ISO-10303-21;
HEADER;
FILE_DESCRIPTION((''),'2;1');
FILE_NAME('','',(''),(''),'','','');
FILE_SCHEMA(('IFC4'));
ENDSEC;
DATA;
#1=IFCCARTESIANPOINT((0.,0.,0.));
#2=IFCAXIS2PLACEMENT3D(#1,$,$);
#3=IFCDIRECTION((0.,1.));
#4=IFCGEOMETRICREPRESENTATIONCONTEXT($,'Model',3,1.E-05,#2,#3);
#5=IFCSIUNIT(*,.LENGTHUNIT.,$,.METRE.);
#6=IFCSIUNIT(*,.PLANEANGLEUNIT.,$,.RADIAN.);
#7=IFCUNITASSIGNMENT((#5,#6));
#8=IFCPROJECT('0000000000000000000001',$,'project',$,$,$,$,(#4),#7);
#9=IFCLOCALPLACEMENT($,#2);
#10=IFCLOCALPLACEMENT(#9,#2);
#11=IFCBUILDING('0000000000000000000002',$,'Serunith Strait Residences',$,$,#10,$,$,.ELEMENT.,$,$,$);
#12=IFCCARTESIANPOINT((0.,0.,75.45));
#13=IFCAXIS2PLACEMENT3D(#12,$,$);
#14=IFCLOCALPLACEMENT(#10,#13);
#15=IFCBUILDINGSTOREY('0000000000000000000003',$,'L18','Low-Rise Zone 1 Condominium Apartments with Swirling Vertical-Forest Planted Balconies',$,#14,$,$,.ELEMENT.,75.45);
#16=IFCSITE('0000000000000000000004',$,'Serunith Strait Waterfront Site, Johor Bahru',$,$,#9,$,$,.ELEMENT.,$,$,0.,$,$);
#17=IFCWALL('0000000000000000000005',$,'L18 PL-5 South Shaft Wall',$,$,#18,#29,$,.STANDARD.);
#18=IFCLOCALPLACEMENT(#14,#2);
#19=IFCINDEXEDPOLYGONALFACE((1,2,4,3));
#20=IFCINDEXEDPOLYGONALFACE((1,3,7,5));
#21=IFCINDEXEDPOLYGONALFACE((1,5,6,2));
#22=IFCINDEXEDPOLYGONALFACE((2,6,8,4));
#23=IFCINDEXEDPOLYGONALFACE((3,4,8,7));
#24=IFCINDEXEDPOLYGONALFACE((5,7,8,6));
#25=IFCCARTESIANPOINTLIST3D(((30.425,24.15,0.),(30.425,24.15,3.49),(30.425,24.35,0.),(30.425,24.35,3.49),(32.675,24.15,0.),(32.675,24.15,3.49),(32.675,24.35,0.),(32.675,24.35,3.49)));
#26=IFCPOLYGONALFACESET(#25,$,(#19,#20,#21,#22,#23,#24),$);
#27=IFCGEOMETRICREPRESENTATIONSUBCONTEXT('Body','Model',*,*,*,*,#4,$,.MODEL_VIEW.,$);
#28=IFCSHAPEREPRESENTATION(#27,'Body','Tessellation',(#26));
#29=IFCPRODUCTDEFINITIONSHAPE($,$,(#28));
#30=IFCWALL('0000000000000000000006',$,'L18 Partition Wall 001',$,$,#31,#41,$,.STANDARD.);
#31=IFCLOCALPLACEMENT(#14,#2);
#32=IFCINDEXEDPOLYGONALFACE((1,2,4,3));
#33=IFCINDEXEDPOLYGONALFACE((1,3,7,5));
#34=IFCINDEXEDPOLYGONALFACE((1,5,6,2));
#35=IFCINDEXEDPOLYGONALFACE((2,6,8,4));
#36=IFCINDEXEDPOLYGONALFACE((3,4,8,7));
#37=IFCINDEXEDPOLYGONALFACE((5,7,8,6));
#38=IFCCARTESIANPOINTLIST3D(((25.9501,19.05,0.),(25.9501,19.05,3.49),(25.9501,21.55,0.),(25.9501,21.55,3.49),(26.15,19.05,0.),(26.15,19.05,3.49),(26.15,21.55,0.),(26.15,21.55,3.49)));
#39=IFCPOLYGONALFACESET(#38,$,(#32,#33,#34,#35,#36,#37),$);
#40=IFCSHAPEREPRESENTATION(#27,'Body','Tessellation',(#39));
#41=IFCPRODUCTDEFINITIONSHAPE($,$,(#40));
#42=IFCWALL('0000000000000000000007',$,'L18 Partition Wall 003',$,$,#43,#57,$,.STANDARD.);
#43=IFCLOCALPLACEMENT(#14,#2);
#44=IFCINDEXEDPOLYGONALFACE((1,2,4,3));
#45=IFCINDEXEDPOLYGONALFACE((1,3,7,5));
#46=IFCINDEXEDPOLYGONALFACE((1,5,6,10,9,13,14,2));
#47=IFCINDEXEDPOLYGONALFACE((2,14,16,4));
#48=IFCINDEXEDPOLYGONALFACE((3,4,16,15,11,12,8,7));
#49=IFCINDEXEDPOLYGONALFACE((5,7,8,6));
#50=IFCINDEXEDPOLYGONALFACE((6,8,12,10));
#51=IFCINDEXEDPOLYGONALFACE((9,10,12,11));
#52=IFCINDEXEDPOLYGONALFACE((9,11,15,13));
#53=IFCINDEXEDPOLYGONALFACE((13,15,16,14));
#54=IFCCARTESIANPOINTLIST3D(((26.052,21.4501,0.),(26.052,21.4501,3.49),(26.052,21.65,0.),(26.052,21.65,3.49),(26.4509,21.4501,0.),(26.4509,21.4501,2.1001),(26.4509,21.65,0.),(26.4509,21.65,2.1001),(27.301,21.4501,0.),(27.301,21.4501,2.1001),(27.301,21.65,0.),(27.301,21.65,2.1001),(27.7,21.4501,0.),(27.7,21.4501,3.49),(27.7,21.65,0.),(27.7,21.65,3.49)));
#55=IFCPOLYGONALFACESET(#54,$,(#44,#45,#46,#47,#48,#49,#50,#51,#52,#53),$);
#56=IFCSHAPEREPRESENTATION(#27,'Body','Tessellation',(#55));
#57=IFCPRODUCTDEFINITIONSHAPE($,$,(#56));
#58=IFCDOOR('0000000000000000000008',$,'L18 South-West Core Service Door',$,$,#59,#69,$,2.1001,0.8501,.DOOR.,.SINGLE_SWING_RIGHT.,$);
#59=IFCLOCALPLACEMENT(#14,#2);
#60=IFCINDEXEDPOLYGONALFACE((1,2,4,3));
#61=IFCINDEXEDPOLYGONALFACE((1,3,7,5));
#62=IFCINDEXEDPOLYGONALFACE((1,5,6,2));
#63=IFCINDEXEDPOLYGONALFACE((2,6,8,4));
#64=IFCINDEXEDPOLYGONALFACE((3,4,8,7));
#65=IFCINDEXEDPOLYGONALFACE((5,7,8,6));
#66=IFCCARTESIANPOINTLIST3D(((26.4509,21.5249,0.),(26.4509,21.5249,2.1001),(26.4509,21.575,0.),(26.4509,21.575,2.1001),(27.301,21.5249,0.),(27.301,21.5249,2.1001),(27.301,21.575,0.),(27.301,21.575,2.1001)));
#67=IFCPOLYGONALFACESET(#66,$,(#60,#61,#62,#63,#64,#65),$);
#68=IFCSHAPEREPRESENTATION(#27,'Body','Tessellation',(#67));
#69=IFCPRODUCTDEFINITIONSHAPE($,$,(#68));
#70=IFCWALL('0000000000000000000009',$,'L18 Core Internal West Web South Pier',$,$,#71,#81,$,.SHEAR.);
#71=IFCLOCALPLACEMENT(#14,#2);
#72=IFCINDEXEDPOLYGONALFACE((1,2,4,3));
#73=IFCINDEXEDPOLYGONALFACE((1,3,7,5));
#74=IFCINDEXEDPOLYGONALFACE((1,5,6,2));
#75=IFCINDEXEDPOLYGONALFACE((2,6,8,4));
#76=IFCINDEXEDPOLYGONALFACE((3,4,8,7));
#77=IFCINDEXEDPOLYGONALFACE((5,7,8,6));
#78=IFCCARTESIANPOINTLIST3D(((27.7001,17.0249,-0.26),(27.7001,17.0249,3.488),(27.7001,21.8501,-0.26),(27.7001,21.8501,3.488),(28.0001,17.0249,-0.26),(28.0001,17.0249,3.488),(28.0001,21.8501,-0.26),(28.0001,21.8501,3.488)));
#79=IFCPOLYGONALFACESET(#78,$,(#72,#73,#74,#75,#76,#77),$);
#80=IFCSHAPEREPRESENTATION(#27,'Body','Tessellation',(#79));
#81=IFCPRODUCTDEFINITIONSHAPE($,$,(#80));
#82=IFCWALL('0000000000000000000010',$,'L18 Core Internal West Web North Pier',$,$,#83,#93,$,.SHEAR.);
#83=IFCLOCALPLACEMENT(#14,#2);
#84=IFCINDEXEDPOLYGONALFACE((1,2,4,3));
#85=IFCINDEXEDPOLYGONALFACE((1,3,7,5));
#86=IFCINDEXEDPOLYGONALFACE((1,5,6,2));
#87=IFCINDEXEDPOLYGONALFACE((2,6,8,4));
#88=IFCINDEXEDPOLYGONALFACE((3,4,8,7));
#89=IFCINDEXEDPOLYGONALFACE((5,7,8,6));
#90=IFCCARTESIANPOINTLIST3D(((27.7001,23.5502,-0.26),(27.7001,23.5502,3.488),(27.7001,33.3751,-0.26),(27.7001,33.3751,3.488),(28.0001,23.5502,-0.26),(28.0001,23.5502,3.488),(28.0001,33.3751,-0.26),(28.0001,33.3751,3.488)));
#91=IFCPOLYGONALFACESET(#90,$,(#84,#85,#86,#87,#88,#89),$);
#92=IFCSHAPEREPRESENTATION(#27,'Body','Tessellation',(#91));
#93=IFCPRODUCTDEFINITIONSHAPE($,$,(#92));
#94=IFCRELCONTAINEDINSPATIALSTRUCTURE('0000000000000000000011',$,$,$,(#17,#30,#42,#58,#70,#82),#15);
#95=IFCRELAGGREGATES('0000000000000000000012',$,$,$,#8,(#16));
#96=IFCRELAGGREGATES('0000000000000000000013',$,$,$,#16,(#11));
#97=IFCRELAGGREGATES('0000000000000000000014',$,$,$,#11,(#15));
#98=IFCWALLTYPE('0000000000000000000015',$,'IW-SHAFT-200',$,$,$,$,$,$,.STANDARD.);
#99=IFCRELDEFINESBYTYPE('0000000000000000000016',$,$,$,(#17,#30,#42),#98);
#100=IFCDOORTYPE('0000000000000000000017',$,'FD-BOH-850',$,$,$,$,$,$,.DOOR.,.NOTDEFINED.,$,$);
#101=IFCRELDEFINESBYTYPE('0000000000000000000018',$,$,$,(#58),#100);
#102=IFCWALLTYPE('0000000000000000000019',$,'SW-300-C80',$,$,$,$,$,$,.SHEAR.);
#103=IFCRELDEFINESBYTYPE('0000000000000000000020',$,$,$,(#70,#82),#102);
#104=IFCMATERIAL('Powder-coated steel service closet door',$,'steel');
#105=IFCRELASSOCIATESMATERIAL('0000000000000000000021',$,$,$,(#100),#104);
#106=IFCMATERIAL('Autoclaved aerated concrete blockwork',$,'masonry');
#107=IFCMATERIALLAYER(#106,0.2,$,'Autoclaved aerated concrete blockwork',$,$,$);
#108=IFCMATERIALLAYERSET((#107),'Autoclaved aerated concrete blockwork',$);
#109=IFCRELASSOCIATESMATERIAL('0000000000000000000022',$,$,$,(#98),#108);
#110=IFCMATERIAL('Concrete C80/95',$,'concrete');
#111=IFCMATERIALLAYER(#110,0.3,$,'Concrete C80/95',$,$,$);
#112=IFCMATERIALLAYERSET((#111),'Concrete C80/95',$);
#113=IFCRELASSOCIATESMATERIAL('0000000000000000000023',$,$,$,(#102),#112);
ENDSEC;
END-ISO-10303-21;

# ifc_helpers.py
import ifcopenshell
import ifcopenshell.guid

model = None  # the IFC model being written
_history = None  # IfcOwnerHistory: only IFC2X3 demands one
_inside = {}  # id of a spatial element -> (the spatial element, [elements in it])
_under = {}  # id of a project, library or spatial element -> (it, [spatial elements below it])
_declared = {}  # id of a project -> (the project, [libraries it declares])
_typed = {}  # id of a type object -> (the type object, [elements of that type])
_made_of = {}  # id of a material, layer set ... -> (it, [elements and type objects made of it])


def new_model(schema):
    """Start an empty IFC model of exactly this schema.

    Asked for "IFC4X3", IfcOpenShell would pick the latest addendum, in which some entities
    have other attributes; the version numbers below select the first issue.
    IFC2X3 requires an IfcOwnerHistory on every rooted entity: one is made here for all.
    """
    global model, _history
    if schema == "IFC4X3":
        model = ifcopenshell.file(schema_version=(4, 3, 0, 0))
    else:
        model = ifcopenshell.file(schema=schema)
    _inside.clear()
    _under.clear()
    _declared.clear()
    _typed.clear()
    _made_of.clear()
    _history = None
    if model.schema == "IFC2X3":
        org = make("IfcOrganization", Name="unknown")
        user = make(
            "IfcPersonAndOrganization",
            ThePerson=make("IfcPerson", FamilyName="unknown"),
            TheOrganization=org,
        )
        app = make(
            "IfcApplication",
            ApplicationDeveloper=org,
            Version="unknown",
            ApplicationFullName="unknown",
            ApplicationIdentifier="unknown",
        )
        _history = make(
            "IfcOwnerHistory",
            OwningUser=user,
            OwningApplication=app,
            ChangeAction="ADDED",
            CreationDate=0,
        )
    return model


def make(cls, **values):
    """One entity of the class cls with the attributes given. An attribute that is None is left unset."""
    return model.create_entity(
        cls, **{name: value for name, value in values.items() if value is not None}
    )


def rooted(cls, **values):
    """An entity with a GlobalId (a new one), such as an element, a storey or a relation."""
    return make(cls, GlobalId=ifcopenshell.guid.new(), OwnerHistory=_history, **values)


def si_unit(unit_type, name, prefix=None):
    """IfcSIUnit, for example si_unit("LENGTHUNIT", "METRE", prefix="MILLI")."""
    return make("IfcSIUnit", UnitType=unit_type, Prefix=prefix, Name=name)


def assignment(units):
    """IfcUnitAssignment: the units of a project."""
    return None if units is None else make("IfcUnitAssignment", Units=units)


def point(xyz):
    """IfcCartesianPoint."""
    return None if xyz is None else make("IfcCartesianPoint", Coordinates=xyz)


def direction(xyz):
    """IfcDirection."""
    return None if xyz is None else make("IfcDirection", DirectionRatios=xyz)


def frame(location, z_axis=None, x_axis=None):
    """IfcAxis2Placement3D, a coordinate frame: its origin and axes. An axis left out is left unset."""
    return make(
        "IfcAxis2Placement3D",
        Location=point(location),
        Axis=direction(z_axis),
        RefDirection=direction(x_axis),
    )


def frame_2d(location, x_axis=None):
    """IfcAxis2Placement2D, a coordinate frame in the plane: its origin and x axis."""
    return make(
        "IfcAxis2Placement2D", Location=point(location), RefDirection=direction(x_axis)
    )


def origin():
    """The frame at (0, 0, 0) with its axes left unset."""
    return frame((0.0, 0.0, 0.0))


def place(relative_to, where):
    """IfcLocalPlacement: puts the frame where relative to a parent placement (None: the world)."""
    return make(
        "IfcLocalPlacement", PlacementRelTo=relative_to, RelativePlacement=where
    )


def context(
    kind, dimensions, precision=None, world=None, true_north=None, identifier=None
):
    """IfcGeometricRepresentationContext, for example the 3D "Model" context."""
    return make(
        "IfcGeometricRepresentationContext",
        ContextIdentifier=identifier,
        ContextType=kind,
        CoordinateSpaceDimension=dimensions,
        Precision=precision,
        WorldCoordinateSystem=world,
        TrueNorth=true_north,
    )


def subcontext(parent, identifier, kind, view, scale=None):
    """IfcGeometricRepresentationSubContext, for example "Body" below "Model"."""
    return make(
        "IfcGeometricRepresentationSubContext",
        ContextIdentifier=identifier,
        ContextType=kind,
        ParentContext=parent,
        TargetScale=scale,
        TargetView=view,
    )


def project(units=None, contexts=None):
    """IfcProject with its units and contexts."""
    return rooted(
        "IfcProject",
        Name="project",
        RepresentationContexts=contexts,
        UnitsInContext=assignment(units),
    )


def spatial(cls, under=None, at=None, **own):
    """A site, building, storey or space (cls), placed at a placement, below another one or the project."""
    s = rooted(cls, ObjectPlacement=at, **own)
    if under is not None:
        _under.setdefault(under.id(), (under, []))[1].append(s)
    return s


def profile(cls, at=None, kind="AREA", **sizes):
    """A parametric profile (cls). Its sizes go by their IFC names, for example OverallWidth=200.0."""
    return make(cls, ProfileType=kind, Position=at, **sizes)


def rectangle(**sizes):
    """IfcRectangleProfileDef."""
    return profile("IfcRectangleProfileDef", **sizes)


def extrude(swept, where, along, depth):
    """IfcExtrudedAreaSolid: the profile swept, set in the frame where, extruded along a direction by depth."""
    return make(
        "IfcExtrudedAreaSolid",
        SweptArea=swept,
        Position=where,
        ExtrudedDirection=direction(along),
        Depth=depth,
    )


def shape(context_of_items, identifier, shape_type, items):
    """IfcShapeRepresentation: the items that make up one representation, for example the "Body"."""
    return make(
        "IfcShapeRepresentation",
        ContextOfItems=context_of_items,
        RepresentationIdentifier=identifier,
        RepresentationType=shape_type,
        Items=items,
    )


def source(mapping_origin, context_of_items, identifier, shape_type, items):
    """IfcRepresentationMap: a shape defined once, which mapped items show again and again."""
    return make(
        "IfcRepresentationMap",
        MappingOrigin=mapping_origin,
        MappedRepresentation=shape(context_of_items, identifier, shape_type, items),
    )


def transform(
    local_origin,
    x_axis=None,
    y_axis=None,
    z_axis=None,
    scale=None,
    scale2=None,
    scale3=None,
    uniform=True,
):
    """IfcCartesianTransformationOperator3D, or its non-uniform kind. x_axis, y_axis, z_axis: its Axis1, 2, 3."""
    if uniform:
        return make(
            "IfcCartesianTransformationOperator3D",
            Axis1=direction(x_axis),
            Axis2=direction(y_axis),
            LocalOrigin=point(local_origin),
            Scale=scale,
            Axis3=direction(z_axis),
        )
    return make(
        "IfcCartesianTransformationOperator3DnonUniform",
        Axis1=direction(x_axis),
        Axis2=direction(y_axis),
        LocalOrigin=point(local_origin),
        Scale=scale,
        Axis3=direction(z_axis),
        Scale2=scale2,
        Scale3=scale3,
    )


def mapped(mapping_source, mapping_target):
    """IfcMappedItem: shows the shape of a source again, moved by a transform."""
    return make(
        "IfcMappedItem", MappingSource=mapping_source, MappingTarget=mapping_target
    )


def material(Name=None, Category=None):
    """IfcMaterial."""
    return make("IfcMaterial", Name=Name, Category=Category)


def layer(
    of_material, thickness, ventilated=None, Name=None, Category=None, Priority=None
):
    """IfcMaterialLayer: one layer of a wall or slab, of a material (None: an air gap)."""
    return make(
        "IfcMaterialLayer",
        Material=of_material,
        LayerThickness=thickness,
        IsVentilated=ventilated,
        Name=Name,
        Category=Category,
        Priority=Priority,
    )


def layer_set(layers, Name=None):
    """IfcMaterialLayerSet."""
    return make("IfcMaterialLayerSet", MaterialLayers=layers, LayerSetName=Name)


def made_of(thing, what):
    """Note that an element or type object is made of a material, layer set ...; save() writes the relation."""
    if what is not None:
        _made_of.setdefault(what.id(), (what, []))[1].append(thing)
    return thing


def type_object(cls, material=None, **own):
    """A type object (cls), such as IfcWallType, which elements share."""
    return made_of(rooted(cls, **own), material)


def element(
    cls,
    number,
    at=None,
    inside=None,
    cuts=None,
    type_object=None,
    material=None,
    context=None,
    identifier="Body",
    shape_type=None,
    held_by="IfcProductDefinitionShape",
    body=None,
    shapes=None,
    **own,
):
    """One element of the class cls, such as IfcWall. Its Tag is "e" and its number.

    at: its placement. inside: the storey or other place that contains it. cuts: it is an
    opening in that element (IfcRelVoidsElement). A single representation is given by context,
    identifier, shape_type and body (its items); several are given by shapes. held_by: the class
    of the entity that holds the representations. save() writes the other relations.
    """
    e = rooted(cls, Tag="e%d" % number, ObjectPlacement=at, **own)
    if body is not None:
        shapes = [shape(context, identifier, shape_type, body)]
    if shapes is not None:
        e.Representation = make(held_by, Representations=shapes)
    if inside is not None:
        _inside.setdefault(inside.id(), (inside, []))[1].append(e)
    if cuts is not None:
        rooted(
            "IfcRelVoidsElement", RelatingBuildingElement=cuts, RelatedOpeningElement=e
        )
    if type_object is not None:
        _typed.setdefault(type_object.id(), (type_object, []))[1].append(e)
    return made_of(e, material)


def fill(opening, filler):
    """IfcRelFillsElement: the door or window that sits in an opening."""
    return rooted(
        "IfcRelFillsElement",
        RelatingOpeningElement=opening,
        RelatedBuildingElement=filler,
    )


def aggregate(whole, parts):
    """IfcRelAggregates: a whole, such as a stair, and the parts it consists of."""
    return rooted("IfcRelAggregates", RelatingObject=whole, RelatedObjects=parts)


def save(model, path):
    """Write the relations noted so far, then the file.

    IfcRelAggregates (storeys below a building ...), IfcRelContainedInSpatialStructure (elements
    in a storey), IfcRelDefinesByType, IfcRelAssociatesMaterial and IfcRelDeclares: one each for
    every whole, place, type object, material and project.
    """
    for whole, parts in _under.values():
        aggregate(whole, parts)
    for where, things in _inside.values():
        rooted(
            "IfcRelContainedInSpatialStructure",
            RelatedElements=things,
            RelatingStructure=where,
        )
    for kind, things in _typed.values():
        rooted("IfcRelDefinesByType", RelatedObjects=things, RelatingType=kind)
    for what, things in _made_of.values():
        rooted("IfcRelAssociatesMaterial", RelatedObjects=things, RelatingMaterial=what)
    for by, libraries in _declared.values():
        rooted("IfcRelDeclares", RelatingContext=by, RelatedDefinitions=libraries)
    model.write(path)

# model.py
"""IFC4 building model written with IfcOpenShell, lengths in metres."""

from ifc_helpers import new_model, si_unit, direction, frame, frame_2d, origin, place, context, subcontext, project, spatial, rectangle, extrude, source, transform, mapped, material, layer, layer_set, type_object, element, fill, save


model = new_model("IFC4")

# Units and contexts
model_context = context("Model", 3, precision=1e-05, world=origin(), true_north=direction((0.0, 1.0)))
body_context = subcontext(model_context, "Body", "Model", "MODEL_VIEW")
ifc_project = project(units=[si_unit("LENGTHUNIT", "METRE"), si_unit("PLANEANGLEUNIT", "RADIAN")], contexts=[model_context])

# Site, building, storey
site_placement = place(None, origin())
site = spatial("IfcSite", under=ifc_project, at=site_placement, Name="Serunith Strait Waterfront Site, Johor Bahru", CompositionType="ELEMENT", RefElevation=0.0)
building_placement = place(site_placement, origin())
building = spatial("IfcBuilding", under=site, at=building_placement, Name="Serunith Strait Residences", CompositionType="ELEMENT")
storey_placement = place(building_placement, frame((0.0, 0.0, 75.45)))
storey = spatial("IfcBuildingStorey", under=building, at=storey_placement, Name="L18", Description="Low-Rise Zone 1 Condominium Apartments with Swirling Vertical-Forest Planted Balconies", CompositionType="ELEMENT", Elevation=75.45)

# Shared definitions
ifc_material_1 = material(Name="Powder-coated steel service closet door", Category="steel")
door_type_1 = type_object("IfcDoorType", Name="FD-BOH-850", OperationType="NOTDEFINED", PredefinedType="DOOR", material=ifc_material_1)
shared_shape_1 = source(origin(), body_context, "Body", "SweptSolid", [
    extrude(rectangle(XDim=0.8501, YDim=2.1001, at=frame_2d((0.425, 1.05))), frame((0.0, 0.0249, 0.0), z_axis=(0.0, -1.0, 0.0), x_axis=(1.0, 0.0, 0.0)), (0.0, 0.0, 1.0), 0.05),
])
ifc_material_2 = material(Name="Autoclaved aerated concrete blockwork", Category="masonry")
ifc_layer_1 = layer(ifc_material_2, 0.2, Name="Autoclaved aerated concrete blockwork")
ifc_layer_set_1 = layer_set([ifc_layer_1], Name="Autoclaved aerated concrete blockwork")
wall_type_1 = type_object("IfcWallType", Name="IW-SHAFT-200", PredefinedType="STANDARD", material=ifc_layer_set_1)

# Walls
wall_1_placement = place(storey_placement, frame((30.425, 24.25, 0.0), z_axis=(0.0, 0.0, 1.0), x_axis=(1.0, 0.0, 0.0)))
element("IfcWall", 1, at=wall_1_placement, inside=storey, type_object=wall_type_1, Name="L18 PL-5 South Shaft Wall", PredefinedType="STANDARD", context=body_context, shape_type="SweptSolid", body=[
    extrude(rectangle(XDim=2.25, YDim=0.2, at=frame_2d((1.125, 0.0))), origin(), (0.0, 0.0, 1.0), 3.49),
])
wall_2_placement = place(storey_placement, frame((26.05, 19.05, 0.0), z_axis=(0.0, 0.0, 1.0), x_axis=(0.0, 1.0, 0.0)))
element("IfcWall", 2, at=wall_2_placement, inside=storey, type_object=wall_type_1, Name="L18 Partition Wall 001", PredefinedType="STANDARD", context=body_context, shape_type="SweptSolid", body=[
    extrude(rectangle(XDim=2.5, YDim=0.2, at=frame_2d((1.25, 0.0))), origin(), (0.0, 0.0, 1.0), 3.49),
])

# Wall, opening, door
wall_3_placement = place(storey_placement, frame((26.052, 21.55, 0.0), z_axis=(0.0, 0.0, 1.0), x_axis=(1.0, 0.0, 0.0)))
wall_3 = element("IfcWall", 3, at=wall_3_placement, inside=storey, type_object=wall_type_1, Name="L18 Partition Wall 003", PredefinedType="STANDARD", context=body_context, shape_type="SweptSolid", body=[
    extrude(rectangle(XDim=1.6479, YDim=0.2, at=frame_2d((0.824, 0.0))), origin(), (0.0, 0.0, 1.0), 3.49),
])
opening_1_placement = place(wall_3_placement, frame((0.3989, 0.0, 0.0)))
opening_1 = element("IfcOpeningElement", 4, at=opening_1_placement, cuts=wall_3, PredefinedType="OPENING", context=body_context, shape_type="SweptSolid", body=[
    extrude(rectangle(XDim=0.8501, YDim=2.1001, at=frame_2d((0.425, 1.05))), frame((0.0, 0.1099, 0.0), z_axis=(0.0, -1.0, 0.0), x_axis=(1.0, 0.0, 0.0)), (0.0, 0.0, 1.0), 0.22),
])
door_1_placement = place(opening_1_placement, origin())
door_1 = element("IfcDoor", 5, at=door_1_placement, inside=storey, type_object=door_type_1, Name="L18 South-West Core Service Door", OperationType="SINGLE_SWING_RIGHT", OverallHeight=2.1001, OverallWidth=0.8501, PredefinedType="DOOR", context=body_context, shape_type="MappedRepresentation", body=[
    mapped(shared_shape_1, transform((0.0, 0.0, 0.0), scale=1.0)),
])
fill(opening_1, door_1)

# Walls
ifc_material_3 = material(Name="Concrete C80/95", Category="concrete")
ifc_layer_2 = layer(ifc_material_3, 0.3, Name="Concrete C80/95")
ifc_layer_set_2 = layer_set([ifc_layer_2], Name="Concrete C80/95")
wall_type_2 = type_object("IfcWallType", Name="SW-300-C80", PredefinedType="SHEAR", material=ifc_layer_set_2)
wall_4_placement = place(storey_placement, frame((27.8501, 17.0249, -0.26), z_axis=(0.0, 0.0, 1.0), x_axis=(0.0, 1.0, 0.0)))
element("IfcWall", 6, at=wall_4_placement, inside=storey, type_object=wall_type_2, Name="L18 Core Internal West Web South Pier", PredefinedType="SHEAR", context=body_context, shape_type="SweptSolid", body=[
    extrude(rectangle(XDim=4.8252, YDim=0.3, at=frame_2d((2.4126, 0.0))), origin(), (0.0, 0.0, 1.0), 3.748),
])
wall_5_placement = place(storey_placement, frame((27.8501, 23.55, -0.26), z_axis=(0.0, 0.0, 1.0), x_axis=(0.0, 1.0, 0.0)))
element("IfcWall", 7, at=wall_5_placement, inside=storey, type_object=wall_type_2, Name="L18 Core Internal West Web North Pier", PredefinedType="SHEAR", context=body_context, shape_type="SweptSolid", body=[
    extrude(rectangle(XDim=9.825, YDim=0.3, at=frame_2d((4.9126, 0.0))), origin(), (0.0, 0.0, 1.0), 3.748),
])

save(model, "model.ifc")
